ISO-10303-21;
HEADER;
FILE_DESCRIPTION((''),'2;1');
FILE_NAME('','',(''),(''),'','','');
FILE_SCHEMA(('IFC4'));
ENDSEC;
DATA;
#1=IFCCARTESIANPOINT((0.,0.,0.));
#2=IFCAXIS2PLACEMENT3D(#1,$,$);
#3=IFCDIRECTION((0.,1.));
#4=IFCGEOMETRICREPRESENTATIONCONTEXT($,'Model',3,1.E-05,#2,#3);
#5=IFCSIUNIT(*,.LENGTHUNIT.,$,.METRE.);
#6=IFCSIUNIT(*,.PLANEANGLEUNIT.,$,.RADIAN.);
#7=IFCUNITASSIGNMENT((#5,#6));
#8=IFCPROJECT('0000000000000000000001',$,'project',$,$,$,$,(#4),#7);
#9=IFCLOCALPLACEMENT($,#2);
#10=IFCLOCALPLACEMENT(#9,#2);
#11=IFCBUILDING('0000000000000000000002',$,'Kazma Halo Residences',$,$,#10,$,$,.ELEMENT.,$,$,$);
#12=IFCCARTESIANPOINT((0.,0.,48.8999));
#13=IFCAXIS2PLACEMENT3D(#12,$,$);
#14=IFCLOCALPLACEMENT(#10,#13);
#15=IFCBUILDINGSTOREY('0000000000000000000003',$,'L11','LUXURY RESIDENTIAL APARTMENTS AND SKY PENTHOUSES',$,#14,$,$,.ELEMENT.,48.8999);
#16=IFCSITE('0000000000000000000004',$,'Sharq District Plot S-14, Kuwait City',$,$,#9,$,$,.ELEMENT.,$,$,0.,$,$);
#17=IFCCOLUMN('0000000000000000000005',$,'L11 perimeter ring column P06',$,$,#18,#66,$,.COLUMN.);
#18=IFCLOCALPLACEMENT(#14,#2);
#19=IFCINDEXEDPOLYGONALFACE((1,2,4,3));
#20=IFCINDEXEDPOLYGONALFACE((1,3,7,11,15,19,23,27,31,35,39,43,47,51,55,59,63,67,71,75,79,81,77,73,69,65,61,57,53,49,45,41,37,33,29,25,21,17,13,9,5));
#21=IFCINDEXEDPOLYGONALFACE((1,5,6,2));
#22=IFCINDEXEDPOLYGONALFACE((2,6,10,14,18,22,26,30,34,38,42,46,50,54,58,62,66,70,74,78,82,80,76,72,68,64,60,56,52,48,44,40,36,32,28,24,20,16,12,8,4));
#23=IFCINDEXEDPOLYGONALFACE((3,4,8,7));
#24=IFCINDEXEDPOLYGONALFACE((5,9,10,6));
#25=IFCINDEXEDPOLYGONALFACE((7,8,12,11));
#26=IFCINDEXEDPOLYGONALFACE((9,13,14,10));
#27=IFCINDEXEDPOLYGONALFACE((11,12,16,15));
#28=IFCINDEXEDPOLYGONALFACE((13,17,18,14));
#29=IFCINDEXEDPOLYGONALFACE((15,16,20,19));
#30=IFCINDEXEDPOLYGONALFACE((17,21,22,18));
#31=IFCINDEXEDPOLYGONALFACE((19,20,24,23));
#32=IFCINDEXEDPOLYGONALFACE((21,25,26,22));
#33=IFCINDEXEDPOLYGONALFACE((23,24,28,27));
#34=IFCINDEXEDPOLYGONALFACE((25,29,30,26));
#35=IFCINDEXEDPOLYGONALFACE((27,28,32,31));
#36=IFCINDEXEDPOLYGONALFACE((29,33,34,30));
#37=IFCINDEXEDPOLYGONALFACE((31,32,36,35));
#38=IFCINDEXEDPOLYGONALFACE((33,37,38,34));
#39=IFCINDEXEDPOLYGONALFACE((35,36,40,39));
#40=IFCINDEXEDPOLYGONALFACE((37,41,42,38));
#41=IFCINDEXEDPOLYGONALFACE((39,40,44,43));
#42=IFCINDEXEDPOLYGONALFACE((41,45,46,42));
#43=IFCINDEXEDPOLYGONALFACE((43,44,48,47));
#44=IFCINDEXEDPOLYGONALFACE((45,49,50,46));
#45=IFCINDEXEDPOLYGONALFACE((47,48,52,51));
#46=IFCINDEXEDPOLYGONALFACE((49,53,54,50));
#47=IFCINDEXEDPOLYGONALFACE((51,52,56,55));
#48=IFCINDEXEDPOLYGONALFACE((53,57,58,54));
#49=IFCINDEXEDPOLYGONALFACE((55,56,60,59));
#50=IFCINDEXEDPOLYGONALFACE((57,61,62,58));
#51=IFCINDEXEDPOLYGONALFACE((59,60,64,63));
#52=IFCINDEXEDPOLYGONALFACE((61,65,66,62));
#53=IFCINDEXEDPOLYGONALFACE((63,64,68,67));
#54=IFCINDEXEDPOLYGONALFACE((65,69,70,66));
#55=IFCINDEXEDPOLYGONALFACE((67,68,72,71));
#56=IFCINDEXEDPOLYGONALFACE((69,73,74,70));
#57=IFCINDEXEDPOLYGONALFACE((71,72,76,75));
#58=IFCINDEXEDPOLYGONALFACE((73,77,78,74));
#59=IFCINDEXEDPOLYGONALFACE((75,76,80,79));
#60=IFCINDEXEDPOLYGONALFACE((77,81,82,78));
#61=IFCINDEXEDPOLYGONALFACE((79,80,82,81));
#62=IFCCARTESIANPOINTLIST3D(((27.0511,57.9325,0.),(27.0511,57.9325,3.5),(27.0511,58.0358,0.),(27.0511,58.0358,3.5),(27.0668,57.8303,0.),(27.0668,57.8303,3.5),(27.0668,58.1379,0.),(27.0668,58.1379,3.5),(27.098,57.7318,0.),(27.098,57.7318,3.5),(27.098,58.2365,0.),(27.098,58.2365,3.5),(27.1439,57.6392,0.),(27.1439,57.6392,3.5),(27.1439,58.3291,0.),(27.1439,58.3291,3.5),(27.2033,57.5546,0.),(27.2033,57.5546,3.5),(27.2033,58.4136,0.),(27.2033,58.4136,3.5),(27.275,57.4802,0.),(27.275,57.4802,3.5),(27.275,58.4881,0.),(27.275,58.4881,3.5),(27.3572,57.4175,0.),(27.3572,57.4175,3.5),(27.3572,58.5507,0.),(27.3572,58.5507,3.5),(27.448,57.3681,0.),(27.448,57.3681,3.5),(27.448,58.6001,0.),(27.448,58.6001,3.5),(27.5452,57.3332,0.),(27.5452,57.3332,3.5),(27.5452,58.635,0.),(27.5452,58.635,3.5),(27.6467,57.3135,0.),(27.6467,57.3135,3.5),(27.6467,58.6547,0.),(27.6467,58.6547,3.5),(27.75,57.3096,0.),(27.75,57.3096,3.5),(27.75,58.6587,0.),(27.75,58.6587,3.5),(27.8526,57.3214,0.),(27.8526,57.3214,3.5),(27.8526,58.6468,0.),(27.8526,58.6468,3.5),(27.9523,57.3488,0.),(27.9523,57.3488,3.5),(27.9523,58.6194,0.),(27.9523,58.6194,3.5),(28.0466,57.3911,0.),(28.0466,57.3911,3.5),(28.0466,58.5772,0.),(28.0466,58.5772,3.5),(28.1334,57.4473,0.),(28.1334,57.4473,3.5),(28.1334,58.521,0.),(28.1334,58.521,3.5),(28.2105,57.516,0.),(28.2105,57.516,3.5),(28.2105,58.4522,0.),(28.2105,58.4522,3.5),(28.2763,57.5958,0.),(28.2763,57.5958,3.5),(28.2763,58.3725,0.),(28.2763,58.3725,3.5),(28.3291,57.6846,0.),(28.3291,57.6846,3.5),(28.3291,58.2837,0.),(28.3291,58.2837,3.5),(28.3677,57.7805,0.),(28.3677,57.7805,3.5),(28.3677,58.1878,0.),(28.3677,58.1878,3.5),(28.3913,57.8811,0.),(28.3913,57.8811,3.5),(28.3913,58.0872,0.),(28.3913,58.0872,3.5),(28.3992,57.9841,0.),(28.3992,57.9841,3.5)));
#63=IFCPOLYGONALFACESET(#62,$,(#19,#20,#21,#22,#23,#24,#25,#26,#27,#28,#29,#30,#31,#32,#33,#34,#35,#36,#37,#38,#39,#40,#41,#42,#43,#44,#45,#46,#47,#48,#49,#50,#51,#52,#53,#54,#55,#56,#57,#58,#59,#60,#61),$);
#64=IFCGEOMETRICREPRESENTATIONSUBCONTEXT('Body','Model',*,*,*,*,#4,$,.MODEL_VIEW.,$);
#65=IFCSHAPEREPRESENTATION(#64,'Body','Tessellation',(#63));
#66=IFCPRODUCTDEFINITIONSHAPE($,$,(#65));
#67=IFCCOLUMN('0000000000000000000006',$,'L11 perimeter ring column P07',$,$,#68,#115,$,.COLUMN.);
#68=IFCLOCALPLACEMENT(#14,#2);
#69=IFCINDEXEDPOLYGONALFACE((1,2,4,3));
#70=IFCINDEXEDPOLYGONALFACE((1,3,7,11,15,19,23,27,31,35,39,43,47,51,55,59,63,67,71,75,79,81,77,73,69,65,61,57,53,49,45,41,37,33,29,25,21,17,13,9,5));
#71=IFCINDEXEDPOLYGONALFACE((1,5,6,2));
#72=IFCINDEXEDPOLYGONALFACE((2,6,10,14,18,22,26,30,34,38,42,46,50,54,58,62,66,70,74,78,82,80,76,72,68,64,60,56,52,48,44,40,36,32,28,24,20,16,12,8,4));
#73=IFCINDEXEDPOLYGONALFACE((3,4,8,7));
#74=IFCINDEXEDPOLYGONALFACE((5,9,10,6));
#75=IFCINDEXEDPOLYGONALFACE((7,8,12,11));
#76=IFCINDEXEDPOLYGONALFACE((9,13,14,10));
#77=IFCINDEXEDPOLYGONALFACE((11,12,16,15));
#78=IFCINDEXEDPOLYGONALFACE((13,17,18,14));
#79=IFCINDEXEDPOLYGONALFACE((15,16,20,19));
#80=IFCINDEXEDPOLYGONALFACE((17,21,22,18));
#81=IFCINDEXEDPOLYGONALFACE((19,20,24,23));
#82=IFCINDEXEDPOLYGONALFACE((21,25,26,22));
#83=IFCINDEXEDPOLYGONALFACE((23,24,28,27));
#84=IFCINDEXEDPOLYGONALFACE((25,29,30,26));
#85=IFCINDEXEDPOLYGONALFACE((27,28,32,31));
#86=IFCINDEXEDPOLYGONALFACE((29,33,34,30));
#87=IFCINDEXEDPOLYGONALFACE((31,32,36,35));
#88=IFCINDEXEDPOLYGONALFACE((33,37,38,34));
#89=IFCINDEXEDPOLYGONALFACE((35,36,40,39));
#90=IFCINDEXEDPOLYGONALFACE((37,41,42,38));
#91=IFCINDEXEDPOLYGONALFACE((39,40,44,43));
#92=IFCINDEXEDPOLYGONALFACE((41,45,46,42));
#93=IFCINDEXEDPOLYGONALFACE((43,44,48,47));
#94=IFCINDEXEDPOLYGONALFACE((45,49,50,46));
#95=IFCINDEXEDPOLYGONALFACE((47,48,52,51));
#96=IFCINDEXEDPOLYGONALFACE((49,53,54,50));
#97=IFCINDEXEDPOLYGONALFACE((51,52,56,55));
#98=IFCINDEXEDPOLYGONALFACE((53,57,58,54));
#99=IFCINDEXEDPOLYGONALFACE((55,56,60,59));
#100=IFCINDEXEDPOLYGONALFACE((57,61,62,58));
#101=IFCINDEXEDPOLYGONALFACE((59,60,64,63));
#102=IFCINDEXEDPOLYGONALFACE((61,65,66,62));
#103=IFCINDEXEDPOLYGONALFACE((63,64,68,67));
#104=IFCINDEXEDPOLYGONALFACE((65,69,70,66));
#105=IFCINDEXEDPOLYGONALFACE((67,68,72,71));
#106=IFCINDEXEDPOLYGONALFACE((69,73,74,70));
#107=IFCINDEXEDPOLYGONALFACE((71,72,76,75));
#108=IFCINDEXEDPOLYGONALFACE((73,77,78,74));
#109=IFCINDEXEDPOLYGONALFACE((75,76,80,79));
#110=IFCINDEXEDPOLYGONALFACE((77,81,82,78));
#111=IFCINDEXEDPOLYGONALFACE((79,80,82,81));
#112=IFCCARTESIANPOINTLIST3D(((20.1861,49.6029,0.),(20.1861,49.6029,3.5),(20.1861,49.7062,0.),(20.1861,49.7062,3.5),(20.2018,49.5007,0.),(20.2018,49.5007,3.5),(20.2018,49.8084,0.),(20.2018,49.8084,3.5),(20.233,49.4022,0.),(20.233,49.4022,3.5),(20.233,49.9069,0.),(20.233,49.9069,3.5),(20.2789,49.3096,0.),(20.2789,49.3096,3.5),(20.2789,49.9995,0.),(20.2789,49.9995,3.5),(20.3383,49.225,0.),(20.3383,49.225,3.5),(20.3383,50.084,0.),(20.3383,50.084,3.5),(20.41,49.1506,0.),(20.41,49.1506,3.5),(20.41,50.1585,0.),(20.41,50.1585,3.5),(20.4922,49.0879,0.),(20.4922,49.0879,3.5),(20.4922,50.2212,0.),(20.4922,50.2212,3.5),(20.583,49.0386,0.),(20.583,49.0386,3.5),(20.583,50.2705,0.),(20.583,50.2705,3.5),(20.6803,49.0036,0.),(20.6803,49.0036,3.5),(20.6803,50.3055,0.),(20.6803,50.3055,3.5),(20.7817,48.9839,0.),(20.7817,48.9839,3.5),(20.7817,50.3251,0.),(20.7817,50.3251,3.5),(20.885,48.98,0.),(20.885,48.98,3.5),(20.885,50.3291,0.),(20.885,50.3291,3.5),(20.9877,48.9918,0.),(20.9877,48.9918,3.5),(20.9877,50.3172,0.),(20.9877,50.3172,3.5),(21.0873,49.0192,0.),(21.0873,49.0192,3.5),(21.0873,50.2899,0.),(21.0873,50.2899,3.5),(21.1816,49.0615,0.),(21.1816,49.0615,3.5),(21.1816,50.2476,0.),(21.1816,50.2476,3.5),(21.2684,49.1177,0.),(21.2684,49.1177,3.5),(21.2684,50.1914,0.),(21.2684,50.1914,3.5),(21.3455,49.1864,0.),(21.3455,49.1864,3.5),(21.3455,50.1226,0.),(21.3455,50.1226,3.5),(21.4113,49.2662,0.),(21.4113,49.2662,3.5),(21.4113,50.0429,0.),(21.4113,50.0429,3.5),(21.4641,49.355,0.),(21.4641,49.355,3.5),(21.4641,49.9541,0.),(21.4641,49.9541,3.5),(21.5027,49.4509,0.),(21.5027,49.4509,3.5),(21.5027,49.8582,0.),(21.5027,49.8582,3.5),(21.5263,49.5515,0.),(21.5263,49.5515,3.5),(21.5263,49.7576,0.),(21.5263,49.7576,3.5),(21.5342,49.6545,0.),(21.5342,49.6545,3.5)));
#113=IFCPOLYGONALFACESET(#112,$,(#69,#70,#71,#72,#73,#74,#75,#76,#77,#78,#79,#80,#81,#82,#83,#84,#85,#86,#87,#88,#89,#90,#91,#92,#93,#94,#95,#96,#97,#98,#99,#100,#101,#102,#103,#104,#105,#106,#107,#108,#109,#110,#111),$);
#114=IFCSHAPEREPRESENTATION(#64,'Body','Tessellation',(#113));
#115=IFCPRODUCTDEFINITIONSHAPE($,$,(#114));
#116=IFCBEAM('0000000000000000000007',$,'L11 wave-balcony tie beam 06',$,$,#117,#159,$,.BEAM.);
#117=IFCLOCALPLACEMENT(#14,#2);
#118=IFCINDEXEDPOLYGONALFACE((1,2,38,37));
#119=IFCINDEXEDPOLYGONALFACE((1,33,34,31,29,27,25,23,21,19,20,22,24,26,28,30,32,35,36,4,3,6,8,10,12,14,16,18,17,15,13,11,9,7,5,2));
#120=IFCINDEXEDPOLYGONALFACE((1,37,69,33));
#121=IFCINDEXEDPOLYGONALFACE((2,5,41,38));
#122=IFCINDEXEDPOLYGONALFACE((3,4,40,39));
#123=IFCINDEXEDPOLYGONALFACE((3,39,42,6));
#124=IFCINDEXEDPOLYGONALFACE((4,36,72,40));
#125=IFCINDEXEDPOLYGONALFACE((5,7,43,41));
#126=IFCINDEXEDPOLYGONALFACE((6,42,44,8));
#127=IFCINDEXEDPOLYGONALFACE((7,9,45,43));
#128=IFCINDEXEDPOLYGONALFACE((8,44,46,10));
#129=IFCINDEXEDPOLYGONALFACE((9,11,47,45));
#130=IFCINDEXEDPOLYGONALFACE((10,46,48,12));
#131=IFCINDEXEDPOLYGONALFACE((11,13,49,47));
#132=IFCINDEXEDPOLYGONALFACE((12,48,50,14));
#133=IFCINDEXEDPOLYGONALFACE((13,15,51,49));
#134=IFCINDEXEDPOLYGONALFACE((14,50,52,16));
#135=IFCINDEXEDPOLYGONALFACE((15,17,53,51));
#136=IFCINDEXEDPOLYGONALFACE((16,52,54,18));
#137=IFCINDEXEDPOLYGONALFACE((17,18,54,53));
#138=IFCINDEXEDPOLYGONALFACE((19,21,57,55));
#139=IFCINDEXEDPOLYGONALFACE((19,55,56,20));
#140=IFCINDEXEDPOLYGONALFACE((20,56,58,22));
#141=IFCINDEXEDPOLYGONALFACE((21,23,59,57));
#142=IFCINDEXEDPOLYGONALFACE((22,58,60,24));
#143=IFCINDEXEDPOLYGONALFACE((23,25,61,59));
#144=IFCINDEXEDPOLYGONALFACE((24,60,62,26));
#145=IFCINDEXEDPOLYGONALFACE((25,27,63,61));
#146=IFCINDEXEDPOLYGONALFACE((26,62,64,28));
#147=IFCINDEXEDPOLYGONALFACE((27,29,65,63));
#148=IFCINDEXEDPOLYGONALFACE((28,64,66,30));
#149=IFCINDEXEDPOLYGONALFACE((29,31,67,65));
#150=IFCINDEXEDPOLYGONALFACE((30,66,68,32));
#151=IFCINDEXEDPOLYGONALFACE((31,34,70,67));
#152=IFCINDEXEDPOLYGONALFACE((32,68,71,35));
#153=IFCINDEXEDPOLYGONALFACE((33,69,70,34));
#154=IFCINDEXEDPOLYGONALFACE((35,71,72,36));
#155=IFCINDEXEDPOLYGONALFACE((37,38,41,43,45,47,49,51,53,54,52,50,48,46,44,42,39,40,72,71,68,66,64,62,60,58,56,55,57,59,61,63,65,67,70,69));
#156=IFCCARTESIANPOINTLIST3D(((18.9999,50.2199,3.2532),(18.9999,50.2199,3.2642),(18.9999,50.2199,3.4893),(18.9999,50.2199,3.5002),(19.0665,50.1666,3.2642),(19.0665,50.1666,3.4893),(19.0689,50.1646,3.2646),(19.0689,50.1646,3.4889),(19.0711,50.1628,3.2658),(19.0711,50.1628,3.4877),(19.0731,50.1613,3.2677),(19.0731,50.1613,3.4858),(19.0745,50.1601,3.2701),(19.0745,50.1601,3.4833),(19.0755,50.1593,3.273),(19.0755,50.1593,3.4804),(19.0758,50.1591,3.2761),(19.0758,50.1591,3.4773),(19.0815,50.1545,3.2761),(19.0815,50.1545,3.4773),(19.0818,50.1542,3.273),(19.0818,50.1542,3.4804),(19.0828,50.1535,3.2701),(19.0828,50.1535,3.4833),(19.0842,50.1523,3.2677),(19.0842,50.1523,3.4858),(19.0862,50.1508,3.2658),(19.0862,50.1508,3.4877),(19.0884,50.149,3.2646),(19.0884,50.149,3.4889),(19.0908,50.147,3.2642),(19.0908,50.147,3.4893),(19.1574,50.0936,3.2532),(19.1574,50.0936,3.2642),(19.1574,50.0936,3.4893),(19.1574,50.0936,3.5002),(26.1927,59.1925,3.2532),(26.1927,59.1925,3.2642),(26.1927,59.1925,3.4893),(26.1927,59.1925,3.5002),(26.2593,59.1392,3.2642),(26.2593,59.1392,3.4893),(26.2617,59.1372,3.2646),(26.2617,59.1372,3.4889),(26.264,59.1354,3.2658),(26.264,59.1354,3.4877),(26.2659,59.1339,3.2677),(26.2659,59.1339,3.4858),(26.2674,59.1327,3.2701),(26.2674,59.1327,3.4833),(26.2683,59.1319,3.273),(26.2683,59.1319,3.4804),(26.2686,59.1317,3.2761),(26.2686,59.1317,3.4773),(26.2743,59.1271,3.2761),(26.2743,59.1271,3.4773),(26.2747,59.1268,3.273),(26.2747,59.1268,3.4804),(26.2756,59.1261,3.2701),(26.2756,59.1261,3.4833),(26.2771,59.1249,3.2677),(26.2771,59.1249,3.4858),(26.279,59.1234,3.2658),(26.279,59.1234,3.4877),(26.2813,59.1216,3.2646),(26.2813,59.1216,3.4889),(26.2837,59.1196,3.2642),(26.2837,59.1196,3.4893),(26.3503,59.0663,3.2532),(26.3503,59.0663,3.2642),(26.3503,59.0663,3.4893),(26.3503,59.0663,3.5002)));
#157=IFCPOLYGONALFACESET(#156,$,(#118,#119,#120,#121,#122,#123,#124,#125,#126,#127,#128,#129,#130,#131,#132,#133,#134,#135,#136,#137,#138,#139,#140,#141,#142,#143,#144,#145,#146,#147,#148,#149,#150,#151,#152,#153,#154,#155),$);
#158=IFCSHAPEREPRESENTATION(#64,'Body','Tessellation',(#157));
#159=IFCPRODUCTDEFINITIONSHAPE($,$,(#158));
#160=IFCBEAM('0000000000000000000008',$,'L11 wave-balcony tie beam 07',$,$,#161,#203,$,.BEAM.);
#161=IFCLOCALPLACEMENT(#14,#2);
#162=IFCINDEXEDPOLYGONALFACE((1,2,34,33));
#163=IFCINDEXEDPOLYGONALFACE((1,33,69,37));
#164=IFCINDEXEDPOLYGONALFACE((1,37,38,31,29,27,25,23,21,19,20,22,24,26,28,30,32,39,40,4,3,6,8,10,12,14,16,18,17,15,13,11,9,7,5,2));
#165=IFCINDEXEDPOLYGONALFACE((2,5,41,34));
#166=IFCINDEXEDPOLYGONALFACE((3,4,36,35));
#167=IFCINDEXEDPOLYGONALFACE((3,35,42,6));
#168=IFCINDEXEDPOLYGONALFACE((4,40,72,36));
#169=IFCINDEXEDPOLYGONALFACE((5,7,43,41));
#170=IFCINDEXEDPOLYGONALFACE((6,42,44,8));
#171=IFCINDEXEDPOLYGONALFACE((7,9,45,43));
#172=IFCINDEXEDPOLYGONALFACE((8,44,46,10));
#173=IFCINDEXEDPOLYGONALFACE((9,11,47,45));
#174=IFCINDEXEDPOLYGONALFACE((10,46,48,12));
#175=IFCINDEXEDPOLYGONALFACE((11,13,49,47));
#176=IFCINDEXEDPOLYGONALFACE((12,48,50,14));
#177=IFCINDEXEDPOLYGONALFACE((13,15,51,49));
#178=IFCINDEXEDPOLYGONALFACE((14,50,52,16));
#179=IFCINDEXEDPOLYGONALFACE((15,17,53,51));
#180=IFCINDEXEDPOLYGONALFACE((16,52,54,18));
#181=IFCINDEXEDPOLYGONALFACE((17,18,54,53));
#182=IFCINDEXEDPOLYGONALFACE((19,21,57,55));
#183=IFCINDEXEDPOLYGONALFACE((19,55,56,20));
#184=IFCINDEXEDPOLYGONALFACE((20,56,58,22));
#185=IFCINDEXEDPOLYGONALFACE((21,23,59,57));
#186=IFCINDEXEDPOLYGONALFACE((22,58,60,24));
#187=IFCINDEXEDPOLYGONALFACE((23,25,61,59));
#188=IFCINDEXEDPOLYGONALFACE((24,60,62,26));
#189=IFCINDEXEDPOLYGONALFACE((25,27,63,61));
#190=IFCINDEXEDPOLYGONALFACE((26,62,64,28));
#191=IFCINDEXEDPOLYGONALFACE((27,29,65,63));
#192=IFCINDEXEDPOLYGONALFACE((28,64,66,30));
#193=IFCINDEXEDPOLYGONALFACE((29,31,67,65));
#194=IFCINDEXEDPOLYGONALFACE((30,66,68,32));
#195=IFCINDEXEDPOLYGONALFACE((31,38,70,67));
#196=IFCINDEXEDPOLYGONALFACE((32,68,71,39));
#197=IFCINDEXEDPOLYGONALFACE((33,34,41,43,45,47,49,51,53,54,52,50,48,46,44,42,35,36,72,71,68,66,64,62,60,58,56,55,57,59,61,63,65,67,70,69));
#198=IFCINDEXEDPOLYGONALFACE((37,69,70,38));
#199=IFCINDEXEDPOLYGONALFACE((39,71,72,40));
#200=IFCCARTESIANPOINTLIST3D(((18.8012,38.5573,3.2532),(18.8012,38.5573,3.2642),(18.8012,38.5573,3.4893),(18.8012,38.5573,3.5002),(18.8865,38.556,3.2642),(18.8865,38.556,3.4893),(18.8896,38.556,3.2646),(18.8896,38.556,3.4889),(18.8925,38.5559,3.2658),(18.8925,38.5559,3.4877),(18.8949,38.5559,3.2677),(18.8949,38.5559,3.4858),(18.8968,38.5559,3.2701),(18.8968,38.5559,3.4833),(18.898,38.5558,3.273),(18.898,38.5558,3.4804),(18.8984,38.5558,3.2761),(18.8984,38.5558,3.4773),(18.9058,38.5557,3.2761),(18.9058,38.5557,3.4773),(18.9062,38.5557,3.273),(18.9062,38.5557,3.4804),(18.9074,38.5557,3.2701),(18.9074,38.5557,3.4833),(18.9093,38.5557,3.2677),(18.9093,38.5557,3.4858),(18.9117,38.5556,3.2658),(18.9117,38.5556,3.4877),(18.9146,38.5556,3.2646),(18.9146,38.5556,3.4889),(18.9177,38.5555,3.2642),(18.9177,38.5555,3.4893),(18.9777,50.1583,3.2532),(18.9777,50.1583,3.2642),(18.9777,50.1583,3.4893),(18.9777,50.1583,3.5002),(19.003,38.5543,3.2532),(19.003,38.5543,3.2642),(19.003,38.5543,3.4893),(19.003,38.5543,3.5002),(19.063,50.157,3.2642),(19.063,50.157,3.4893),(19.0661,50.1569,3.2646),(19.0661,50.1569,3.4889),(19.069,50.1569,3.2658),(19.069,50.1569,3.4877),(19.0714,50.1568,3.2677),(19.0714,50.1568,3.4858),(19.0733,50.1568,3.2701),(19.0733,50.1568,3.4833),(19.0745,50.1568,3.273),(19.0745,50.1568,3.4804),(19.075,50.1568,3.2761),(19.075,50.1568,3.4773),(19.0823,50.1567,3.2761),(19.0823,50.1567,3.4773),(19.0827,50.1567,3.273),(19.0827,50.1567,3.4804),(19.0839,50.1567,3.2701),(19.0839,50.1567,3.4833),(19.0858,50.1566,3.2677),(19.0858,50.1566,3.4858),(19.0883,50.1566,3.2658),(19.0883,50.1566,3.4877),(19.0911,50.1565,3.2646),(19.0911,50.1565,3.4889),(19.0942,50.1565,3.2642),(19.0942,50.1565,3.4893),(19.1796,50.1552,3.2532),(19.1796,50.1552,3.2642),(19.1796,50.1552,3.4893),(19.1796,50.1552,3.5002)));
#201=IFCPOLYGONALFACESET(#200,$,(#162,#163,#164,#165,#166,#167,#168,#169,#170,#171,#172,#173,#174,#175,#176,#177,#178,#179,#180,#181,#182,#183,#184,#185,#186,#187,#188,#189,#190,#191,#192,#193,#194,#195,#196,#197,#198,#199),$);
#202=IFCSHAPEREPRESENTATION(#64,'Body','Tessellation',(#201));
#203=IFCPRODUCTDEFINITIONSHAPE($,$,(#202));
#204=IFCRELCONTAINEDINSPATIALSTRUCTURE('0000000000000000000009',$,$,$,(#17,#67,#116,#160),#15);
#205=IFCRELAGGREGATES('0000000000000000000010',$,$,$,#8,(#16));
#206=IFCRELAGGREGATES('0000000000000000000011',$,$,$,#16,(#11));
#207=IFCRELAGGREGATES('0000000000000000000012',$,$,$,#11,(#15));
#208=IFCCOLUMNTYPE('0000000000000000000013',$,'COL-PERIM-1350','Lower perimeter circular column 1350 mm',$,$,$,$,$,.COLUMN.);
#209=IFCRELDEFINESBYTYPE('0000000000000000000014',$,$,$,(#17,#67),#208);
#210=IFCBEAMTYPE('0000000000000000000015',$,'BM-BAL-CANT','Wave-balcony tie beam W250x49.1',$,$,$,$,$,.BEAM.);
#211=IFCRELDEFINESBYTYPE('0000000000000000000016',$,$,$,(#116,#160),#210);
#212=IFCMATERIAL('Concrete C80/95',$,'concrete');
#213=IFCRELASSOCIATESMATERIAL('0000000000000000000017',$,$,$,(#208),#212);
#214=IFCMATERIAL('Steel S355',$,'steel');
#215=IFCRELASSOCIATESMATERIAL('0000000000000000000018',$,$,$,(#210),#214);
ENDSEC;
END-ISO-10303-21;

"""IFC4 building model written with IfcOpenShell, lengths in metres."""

from ifc_helpers import new_model, si_unit, direction, frame, origin, origin_2d, place, context, subcontext, project, spatial, circle, i_section, extrude, material, material_profile, profile_set, type_object, element, save


model = new_model("IFC4")

# Units and contexts
model_context = context("Model", 3, precision=1e-05, world=origin(), true_north=direction((0.0, 1.0)))
body_context = subcontext(model_context, "Body", "Model", "MODEL_VIEW")
ifc_project = project(units=[si_unit("LENGTHUNIT", "METRE"), si_unit("PLANEANGLEUNIT", "RADIAN")], contexts=[model_context])

# Site, building, storey
site_placement = place(None, origin())
site = spatial("IfcSite", under=ifc_project, at=site_placement, Name="Sharq District Plot S-14, Kuwait City", CompositionType="ELEMENT", RefElevation=0.0)
building_placement = place(site_placement, origin())
building = spatial("IfcBuilding", under=site, at=building_placement, Name="Kazma Halo Residences", CompositionType="ELEMENT")
storey_placement = place(building_placement, frame((0.0, 0.0, 48.8999)))
storey = spatial("IfcBuildingStorey", under=building, at=storey_placement, Name="L11", Description="LUXURY RESIDENTIAL APARTMENTS AND SKY PENTHOUSES", CompositionType="ELEMENT", Elevation=48.8999)

# Columns
ifc_material_1 = material(Name="Concrete C80/95", Category="concrete")
ifc_material_profile_1 = material_profile(ifc_material_1, circle(Radius=0.675, at=origin_2d()), Name="CIRC1350")
ifc_profile_set_1 = profile_set([ifc_material_profile_1], Name="Concrete C80/95")
column_type = type_object("IfcColumnType", Name="COL-PERIM-1350", Description="Lower perimeter circular column 1350 mm", PredefinedType="COLUMN", material=ifc_profile_set_1)
for number, where, z_axis, x_axis, name in (
    (1, (27.7241, 57.9841, 0.0), (0.0, 0.0, 1.0), (1.0, 0.0, 0.0), "L11 perimeter ring column P06"),
    (2, (20.8591, 49.6545, 0.0), (0.0, 0.0, 1.0), (1.0, 0.0, 0.0), "L11 perimeter ring column P07"),
):
    element("IfcColumn", number, at=place(storey_placement, frame(where, z_axis=z_axis, x_axis=x_axis)), inside=storey, type_object=column_type, Name=name, PredefinedType="COLUMN", context=body_context, shape_type="SweptSolid", body=[
        extrude(circle(Radius=0.675, at=origin_2d()), origin(), (0.0, 0.0, 1.0), 3.5),
    ])

# Beams
ifc_material_2 = material(Name="Steel S355", Category="steel")
ifc_material_profile_2 = material_profile(ifc_material_2, i_section(OverallWidth=0.2019, OverallDepth=0.2471, WebThickness=0.0073, FlangeThickness=0.011, FilletRadius=0.012, at=origin_2d()), Name="W250x49.1")
ifc_profile_set_2 = profile_set([ifc_material_profile_2], Name="Steel S355")
beam_type_1 = type_object("IfcBeamType", Name="BM-BAL-CANT", Description="Wave-balcony tie beam W250x49.1", PredefinedType="BEAM", material=ifc_profile_set_2)
beam_1_placement = place(storey_placement, frame((26.2715, 59.1294, 3.3767), z_axis=(-0.625477, -0.780243, 0.0), x_axis=(0.780243, -0.625477, 0.0)))
element("IfcBeam", 3, at=beam_1_placement, inside=storey, type_object=beam_type_1, Name="L11 wave-balcony tie beam 06", PredefinedType="BEAM", context=body_context, shape_type="SweptSolid", body=[
    extrude(i_section(OverallWidth=0.2019, OverallDepth=0.2471, WebThickness=0.0073, FlangeThickness=0.011, FilletRadius=0.012, at=origin_2d()), origin(), (0.0, 0.0, 1.0), 11.4998),
])
beam_2_placement = place(storey_placement, frame((19.0786, 50.1567, 3.3767), z_axis=(-0.015214, -0.999884, 0.0), x_axis=(0.999884, -0.015214, 0.0)))
element("IfcBeam", 4, at=beam_2_placement, inside=storey, type_object=beam_type_1, Name="L11 wave-balcony tie beam 07", PredefinedType="BEAM", context=body_context, shape_type="SweptSolid", body=[
    extrude(i_section(OverallWidth=0.2019, OverallDepth=0.2471, WebThickness=0.0073, FlangeThickness=0.011, FilletRadius=0.012, at=origin_2d()), origin(), (0.0, 0.0, 1.0), 11.6023),
])

save(model, "model.ifc")
